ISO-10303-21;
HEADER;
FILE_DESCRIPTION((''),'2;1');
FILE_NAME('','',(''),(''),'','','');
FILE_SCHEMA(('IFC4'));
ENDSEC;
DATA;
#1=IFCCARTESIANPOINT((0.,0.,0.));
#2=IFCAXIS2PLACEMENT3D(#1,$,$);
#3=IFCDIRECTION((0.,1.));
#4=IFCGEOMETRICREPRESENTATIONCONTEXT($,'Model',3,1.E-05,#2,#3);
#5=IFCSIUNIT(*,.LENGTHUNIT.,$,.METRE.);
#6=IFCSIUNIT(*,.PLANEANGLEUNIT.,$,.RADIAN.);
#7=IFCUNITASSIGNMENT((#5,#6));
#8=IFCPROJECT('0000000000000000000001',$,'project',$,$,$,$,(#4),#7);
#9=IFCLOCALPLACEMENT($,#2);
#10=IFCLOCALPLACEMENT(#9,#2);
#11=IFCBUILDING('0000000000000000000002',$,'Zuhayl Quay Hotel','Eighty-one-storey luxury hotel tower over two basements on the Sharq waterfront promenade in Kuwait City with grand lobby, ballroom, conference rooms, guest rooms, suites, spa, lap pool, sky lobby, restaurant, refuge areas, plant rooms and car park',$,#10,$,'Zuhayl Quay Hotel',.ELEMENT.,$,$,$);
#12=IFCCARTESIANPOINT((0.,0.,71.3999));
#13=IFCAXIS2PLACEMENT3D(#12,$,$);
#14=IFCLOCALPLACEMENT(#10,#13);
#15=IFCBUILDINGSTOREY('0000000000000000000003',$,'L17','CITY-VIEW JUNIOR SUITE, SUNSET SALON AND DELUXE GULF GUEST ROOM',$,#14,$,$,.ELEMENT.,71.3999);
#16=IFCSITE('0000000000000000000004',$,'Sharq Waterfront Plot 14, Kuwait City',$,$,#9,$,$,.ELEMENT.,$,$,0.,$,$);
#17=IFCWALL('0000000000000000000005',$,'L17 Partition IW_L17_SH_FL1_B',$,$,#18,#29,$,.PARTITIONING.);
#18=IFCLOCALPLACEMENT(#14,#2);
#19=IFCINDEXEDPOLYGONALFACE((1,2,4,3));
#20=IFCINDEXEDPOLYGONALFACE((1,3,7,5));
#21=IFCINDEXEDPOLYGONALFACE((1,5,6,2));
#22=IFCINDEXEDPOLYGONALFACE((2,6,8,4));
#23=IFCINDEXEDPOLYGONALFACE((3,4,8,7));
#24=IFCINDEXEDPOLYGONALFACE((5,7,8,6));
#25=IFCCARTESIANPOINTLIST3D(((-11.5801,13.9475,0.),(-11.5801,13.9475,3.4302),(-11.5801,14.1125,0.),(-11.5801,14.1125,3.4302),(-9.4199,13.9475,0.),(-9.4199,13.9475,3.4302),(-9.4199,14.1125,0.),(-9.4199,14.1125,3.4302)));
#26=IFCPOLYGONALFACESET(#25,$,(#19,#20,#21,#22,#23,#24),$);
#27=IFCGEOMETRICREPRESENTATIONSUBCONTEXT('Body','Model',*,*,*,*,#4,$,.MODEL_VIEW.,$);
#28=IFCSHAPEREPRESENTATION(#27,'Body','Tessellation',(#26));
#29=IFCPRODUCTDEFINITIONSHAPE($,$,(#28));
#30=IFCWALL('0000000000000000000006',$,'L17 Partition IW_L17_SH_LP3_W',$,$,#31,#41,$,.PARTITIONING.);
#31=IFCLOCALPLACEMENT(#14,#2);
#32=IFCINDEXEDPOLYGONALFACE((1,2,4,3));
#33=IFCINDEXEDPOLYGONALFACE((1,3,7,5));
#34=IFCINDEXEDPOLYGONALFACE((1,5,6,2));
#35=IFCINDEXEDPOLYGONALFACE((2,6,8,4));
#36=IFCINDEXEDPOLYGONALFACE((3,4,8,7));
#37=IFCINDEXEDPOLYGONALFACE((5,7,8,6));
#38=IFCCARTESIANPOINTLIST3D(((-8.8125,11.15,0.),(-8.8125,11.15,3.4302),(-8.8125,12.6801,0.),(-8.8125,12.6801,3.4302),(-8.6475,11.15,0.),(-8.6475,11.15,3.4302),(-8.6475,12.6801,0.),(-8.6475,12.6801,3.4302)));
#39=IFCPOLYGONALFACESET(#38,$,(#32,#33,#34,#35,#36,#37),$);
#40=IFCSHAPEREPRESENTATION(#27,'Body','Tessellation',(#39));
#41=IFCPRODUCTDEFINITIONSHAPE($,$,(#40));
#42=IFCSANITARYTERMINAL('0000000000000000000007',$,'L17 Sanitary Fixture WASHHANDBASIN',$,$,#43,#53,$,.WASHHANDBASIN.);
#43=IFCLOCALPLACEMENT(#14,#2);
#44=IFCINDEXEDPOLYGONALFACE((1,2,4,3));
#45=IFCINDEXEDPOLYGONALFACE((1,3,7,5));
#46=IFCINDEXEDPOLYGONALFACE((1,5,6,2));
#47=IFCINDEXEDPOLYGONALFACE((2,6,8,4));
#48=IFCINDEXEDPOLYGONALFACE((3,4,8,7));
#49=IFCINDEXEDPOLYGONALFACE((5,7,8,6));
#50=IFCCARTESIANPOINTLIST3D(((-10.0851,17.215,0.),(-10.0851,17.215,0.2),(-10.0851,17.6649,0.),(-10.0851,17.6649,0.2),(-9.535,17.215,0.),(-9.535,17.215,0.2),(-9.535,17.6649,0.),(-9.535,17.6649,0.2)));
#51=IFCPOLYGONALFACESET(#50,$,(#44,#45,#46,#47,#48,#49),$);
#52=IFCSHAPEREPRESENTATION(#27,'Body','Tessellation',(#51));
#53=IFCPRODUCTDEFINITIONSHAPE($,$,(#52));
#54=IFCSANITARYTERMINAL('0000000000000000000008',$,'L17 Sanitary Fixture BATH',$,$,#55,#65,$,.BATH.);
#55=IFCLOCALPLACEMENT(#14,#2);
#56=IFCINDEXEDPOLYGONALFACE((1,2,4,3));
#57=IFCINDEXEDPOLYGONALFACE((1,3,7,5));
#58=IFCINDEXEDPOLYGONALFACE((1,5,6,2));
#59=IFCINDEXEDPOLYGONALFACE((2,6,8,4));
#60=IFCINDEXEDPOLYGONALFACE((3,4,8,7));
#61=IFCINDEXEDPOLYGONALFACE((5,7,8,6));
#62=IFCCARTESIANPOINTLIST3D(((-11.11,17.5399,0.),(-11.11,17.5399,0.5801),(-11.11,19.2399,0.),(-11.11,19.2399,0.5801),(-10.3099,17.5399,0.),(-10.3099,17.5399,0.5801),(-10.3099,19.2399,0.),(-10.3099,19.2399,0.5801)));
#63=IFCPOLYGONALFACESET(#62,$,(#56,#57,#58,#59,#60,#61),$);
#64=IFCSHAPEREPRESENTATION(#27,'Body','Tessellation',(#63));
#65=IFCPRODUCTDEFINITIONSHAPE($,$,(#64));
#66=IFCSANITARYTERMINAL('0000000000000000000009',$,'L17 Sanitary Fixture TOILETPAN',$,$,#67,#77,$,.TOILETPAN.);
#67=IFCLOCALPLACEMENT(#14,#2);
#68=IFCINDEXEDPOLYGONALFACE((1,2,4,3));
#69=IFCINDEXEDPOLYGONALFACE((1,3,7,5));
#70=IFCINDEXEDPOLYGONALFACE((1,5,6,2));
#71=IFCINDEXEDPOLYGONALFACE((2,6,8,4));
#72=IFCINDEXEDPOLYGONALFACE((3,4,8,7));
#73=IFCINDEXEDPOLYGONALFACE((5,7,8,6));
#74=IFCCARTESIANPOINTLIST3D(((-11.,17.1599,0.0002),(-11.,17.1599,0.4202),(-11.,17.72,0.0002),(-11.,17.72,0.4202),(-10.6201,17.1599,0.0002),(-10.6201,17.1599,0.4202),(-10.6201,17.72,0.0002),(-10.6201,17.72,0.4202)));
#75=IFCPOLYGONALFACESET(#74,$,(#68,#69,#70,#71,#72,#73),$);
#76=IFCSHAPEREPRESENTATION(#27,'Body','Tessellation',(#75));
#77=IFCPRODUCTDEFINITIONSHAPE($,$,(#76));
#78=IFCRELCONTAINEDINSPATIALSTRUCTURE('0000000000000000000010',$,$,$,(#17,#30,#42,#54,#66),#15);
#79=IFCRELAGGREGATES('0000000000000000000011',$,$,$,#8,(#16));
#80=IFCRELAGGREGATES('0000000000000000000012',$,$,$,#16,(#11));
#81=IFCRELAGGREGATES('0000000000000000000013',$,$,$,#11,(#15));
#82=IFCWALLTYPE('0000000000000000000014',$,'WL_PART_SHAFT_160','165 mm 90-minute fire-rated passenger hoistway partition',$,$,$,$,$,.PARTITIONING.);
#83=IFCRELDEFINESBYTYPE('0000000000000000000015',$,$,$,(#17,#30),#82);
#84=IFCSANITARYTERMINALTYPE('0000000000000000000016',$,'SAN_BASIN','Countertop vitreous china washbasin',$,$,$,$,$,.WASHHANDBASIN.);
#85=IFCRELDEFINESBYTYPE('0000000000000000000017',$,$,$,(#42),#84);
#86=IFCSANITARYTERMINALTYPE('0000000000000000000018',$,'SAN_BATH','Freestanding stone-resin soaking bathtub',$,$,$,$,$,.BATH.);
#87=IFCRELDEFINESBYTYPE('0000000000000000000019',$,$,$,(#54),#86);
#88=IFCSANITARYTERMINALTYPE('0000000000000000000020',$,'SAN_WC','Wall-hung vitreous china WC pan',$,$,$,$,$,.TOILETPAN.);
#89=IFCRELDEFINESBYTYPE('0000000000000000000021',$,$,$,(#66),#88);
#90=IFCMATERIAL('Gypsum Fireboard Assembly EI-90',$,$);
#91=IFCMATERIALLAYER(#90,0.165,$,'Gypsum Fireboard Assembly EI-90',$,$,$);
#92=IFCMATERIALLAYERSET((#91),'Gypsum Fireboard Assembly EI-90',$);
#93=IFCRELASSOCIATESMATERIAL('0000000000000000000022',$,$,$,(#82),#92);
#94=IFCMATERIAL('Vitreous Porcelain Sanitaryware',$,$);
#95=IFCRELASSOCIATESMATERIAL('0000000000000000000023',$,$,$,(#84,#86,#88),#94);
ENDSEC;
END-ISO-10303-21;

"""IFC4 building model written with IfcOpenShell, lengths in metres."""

from ifc_helpers import new_model, si_unit, direction, frame, frame_2d, origin, origin_2d, place, context, subcontext, project, spatial, rectangle, extrude, material, layer, layer_set, type_object, element, save


model = new_model("IFC4")

# Units and contexts
model_context = context("Model", 3, precision=1e-05, world=origin(), true_north=direction((0.0, 1.0)))
body_context = subcontext(model_context, "Body", "Model", "MODEL_VIEW")
ifc_project = project(units=[si_unit("LENGTHUNIT", "METRE"), si_unit("PLANEANGLEUNIT", "RADIAN")], contexts=[model_context])

# Site, building, storey
site_placement = place(None, origin())
site = spatial("IfcSite", under=ifc_project, at=site_placement, Name="Sharq Waterfront Plot 14, Kuwait City", CompositionType="ELEMENT", RefElevation=0.0)
building_placement = place(site_placement, origin())
building = spatial("IfcBuilding", under=site, at=building_placement, Name="Zuhayl Quay Hotel", Description="Eighty-one-storey luxury hotel tower over two basements on the Sharq waterfront promenade in Kuwait City with grand lobby, ballroom, conference rooms, guest rooms, suites, spa, lap pool, sky lobby, restaurant, refuge areas, plant rooms and car park", LongName="Zuhayl Quay Hotel", CompositionType="ELEMENT")
storey_placement = place(building_placement, frame((0.0, 0.0, 71.3999)))
storey = spatial("IfcBuildingStorey", under=building, at=storey_placement, Name="L17", Description="CITY-VIEW JUNIOR SUITE, SUNSET SALON AND DELUXE GULF GUEST ROOM", CompositionType="ELEMENT", Elevation=71.3999)

# Shared definitions
ifc_material_1 = material(Name="Gypsum Fireboard Assembly EI-90")
ifc_layer_1 = layer(ifc_material_1, 0.165, Name="Gypsum Fireboard Assembly EI-90")
ifc_layer_set_1 = layer_set([ifc_layer_1], Name="Gypsum Fireboard Assembly EI-90")
wall_type_1 = type_object("IfcWallType", Name="WL_PART_SHAFT_160", Description="165 mm 90-minute fire-rated passenger hoistway partition", PredefinedType="PARTITIONING", material=ifc_layer_set_1)

# Walls
wall_1_placement = place(storey_placement, frame((-11.5801, 14.03, 0.0), z_axis=(0.0, 0.0, 1.0), x_axis=(1.0, 0.0, 0.0)))
element("IfcWall", 1, at=wall_1_placement, inside=storey, type_object=wall_type_1, Name="L17 Partition IW_L17_SH_FL1_B", PredefinedType="PARTITIONING", context=body_context, shape_type="SweptSolid", body=[
    extrude(rectangle(XDim=2.1602, YDim=0.165, at=frame_2d((1.0801, 0.0))), origin(), (0.0, 0.0, 1.0), 3.4302),
])
wall_2_placement = place(storey_placement, frame((-8.73, 11.1499, 0.0), z_axis=(0.0, 0.0, 1.0), x_axis=(0.0, 1.0, 0.0)))
element("IfcWall", 2, at=wall_2_placement, inside=storey, type_object=wall_type_1, Name="L17 Partition IW_L17_SH_LP3_W", PredefinedType="PARTITIONING", context=body_context, shape_type="SweptSolid", body=[
    extrude(rectangle(XDim=1.53, YDim=0.165, at=frame_2d((0.7651, 0.0))), origin(), (0.0, 0.0, 1.0), 3.4302),
])

# Sanitary terminals
ifc_material_2 = material(Name="Vitreous Porcelain Sanitaryware")
sanitary_terminal_type_1 = type_object("IfcSanitaryTerminalType", Name="SAN_BASIN", Description="Countertop vitreous china washbasin", PredefinedType="WASHHANDBASIN", material=ifc_material_2)
sanitary_terminal_1_placement = place(storey_placement, frame((-9.8101, 17.4399, 0.0), z_axis=(0.0, 0.0, 1.0), x_axis=(1.0, 0.0, 0.0)))
element("IfcSanitaryTerminal", 3, at=sanitary_terminal_1_placement, inside=storey, type_object=sanitary_terminal_type_1, Name="L17 Sanitary Fixture WASHHANDBASIN", PredefinedType="WASHHANDBASIN", context=body_context, shape_type="SweptSolid", body=[
    extrude(rectangle(XDim=0.55, YDim=0.45, at=origin_2d()), origin(), (0.0, 0.0, 1.0), 0.2),
])
sanitary_terminal_type_2 = type_object("IfcSanitaryTerminalType", Name="SAN_BATH", Description="Freestanding stone-resin soaking bathtub", PredefinedType="BATH", material=ifc_material_2)
sanitary_terminal_2_placement = place(storey_placement, frame((-10.71, 18.3899, 0.0), z_axis=(0.0, 0.0, 1.0), x_axis=(1.0, 0.0, 0.0)))
element("IfcSanitaryTerminal", 4, at=sanitary_terminal_2_placement, inside=storey, type_object=sanitary_terminal_type_2, Name="L17 Sanitary Fixture BATH", PredefinedType="BATH", context=body_context, shape_type="SweptSolid", body=[
    extrude(rectangle(XDim=0.8, YDim=1.7, at=origin_2d()), origin(), (0.0, 0.0, 1.0), 0.5801),
])
sanitary_terminal_type_3 = type_object("IfcSanitaryTerminalType", Name="SAN_WC", Description="Wall-hung vitreous china WC pan", PredefinedType="TOILETPAN", material=ifc_material_2)
sanitary_terminal_3_placement = place(storey_placement, frame((-10.8101, 17.4399, 0.0002), z_axis=(0.0, 0.0, 1.0), x_axis=(1.0, 0.0, 0.0)))
element("IfcSanitaryTerminal", 5, at=sanitary_terminal_3_placement, inside=storey, type_object=sanitary_terminal_type_3, Name="L17 Sanitary Fixture TOILETPAN", PredefinedType="TOILETPAN", context=body_context, shape_type="SweptSolid", body=[
    extrude(rectangle(XDim=0.3799, YDim=0.5601, at=origin_2d()), origin(), (0.0, 0.0, 1.0), 0.4199),
])

save(model, "model.ifc")
